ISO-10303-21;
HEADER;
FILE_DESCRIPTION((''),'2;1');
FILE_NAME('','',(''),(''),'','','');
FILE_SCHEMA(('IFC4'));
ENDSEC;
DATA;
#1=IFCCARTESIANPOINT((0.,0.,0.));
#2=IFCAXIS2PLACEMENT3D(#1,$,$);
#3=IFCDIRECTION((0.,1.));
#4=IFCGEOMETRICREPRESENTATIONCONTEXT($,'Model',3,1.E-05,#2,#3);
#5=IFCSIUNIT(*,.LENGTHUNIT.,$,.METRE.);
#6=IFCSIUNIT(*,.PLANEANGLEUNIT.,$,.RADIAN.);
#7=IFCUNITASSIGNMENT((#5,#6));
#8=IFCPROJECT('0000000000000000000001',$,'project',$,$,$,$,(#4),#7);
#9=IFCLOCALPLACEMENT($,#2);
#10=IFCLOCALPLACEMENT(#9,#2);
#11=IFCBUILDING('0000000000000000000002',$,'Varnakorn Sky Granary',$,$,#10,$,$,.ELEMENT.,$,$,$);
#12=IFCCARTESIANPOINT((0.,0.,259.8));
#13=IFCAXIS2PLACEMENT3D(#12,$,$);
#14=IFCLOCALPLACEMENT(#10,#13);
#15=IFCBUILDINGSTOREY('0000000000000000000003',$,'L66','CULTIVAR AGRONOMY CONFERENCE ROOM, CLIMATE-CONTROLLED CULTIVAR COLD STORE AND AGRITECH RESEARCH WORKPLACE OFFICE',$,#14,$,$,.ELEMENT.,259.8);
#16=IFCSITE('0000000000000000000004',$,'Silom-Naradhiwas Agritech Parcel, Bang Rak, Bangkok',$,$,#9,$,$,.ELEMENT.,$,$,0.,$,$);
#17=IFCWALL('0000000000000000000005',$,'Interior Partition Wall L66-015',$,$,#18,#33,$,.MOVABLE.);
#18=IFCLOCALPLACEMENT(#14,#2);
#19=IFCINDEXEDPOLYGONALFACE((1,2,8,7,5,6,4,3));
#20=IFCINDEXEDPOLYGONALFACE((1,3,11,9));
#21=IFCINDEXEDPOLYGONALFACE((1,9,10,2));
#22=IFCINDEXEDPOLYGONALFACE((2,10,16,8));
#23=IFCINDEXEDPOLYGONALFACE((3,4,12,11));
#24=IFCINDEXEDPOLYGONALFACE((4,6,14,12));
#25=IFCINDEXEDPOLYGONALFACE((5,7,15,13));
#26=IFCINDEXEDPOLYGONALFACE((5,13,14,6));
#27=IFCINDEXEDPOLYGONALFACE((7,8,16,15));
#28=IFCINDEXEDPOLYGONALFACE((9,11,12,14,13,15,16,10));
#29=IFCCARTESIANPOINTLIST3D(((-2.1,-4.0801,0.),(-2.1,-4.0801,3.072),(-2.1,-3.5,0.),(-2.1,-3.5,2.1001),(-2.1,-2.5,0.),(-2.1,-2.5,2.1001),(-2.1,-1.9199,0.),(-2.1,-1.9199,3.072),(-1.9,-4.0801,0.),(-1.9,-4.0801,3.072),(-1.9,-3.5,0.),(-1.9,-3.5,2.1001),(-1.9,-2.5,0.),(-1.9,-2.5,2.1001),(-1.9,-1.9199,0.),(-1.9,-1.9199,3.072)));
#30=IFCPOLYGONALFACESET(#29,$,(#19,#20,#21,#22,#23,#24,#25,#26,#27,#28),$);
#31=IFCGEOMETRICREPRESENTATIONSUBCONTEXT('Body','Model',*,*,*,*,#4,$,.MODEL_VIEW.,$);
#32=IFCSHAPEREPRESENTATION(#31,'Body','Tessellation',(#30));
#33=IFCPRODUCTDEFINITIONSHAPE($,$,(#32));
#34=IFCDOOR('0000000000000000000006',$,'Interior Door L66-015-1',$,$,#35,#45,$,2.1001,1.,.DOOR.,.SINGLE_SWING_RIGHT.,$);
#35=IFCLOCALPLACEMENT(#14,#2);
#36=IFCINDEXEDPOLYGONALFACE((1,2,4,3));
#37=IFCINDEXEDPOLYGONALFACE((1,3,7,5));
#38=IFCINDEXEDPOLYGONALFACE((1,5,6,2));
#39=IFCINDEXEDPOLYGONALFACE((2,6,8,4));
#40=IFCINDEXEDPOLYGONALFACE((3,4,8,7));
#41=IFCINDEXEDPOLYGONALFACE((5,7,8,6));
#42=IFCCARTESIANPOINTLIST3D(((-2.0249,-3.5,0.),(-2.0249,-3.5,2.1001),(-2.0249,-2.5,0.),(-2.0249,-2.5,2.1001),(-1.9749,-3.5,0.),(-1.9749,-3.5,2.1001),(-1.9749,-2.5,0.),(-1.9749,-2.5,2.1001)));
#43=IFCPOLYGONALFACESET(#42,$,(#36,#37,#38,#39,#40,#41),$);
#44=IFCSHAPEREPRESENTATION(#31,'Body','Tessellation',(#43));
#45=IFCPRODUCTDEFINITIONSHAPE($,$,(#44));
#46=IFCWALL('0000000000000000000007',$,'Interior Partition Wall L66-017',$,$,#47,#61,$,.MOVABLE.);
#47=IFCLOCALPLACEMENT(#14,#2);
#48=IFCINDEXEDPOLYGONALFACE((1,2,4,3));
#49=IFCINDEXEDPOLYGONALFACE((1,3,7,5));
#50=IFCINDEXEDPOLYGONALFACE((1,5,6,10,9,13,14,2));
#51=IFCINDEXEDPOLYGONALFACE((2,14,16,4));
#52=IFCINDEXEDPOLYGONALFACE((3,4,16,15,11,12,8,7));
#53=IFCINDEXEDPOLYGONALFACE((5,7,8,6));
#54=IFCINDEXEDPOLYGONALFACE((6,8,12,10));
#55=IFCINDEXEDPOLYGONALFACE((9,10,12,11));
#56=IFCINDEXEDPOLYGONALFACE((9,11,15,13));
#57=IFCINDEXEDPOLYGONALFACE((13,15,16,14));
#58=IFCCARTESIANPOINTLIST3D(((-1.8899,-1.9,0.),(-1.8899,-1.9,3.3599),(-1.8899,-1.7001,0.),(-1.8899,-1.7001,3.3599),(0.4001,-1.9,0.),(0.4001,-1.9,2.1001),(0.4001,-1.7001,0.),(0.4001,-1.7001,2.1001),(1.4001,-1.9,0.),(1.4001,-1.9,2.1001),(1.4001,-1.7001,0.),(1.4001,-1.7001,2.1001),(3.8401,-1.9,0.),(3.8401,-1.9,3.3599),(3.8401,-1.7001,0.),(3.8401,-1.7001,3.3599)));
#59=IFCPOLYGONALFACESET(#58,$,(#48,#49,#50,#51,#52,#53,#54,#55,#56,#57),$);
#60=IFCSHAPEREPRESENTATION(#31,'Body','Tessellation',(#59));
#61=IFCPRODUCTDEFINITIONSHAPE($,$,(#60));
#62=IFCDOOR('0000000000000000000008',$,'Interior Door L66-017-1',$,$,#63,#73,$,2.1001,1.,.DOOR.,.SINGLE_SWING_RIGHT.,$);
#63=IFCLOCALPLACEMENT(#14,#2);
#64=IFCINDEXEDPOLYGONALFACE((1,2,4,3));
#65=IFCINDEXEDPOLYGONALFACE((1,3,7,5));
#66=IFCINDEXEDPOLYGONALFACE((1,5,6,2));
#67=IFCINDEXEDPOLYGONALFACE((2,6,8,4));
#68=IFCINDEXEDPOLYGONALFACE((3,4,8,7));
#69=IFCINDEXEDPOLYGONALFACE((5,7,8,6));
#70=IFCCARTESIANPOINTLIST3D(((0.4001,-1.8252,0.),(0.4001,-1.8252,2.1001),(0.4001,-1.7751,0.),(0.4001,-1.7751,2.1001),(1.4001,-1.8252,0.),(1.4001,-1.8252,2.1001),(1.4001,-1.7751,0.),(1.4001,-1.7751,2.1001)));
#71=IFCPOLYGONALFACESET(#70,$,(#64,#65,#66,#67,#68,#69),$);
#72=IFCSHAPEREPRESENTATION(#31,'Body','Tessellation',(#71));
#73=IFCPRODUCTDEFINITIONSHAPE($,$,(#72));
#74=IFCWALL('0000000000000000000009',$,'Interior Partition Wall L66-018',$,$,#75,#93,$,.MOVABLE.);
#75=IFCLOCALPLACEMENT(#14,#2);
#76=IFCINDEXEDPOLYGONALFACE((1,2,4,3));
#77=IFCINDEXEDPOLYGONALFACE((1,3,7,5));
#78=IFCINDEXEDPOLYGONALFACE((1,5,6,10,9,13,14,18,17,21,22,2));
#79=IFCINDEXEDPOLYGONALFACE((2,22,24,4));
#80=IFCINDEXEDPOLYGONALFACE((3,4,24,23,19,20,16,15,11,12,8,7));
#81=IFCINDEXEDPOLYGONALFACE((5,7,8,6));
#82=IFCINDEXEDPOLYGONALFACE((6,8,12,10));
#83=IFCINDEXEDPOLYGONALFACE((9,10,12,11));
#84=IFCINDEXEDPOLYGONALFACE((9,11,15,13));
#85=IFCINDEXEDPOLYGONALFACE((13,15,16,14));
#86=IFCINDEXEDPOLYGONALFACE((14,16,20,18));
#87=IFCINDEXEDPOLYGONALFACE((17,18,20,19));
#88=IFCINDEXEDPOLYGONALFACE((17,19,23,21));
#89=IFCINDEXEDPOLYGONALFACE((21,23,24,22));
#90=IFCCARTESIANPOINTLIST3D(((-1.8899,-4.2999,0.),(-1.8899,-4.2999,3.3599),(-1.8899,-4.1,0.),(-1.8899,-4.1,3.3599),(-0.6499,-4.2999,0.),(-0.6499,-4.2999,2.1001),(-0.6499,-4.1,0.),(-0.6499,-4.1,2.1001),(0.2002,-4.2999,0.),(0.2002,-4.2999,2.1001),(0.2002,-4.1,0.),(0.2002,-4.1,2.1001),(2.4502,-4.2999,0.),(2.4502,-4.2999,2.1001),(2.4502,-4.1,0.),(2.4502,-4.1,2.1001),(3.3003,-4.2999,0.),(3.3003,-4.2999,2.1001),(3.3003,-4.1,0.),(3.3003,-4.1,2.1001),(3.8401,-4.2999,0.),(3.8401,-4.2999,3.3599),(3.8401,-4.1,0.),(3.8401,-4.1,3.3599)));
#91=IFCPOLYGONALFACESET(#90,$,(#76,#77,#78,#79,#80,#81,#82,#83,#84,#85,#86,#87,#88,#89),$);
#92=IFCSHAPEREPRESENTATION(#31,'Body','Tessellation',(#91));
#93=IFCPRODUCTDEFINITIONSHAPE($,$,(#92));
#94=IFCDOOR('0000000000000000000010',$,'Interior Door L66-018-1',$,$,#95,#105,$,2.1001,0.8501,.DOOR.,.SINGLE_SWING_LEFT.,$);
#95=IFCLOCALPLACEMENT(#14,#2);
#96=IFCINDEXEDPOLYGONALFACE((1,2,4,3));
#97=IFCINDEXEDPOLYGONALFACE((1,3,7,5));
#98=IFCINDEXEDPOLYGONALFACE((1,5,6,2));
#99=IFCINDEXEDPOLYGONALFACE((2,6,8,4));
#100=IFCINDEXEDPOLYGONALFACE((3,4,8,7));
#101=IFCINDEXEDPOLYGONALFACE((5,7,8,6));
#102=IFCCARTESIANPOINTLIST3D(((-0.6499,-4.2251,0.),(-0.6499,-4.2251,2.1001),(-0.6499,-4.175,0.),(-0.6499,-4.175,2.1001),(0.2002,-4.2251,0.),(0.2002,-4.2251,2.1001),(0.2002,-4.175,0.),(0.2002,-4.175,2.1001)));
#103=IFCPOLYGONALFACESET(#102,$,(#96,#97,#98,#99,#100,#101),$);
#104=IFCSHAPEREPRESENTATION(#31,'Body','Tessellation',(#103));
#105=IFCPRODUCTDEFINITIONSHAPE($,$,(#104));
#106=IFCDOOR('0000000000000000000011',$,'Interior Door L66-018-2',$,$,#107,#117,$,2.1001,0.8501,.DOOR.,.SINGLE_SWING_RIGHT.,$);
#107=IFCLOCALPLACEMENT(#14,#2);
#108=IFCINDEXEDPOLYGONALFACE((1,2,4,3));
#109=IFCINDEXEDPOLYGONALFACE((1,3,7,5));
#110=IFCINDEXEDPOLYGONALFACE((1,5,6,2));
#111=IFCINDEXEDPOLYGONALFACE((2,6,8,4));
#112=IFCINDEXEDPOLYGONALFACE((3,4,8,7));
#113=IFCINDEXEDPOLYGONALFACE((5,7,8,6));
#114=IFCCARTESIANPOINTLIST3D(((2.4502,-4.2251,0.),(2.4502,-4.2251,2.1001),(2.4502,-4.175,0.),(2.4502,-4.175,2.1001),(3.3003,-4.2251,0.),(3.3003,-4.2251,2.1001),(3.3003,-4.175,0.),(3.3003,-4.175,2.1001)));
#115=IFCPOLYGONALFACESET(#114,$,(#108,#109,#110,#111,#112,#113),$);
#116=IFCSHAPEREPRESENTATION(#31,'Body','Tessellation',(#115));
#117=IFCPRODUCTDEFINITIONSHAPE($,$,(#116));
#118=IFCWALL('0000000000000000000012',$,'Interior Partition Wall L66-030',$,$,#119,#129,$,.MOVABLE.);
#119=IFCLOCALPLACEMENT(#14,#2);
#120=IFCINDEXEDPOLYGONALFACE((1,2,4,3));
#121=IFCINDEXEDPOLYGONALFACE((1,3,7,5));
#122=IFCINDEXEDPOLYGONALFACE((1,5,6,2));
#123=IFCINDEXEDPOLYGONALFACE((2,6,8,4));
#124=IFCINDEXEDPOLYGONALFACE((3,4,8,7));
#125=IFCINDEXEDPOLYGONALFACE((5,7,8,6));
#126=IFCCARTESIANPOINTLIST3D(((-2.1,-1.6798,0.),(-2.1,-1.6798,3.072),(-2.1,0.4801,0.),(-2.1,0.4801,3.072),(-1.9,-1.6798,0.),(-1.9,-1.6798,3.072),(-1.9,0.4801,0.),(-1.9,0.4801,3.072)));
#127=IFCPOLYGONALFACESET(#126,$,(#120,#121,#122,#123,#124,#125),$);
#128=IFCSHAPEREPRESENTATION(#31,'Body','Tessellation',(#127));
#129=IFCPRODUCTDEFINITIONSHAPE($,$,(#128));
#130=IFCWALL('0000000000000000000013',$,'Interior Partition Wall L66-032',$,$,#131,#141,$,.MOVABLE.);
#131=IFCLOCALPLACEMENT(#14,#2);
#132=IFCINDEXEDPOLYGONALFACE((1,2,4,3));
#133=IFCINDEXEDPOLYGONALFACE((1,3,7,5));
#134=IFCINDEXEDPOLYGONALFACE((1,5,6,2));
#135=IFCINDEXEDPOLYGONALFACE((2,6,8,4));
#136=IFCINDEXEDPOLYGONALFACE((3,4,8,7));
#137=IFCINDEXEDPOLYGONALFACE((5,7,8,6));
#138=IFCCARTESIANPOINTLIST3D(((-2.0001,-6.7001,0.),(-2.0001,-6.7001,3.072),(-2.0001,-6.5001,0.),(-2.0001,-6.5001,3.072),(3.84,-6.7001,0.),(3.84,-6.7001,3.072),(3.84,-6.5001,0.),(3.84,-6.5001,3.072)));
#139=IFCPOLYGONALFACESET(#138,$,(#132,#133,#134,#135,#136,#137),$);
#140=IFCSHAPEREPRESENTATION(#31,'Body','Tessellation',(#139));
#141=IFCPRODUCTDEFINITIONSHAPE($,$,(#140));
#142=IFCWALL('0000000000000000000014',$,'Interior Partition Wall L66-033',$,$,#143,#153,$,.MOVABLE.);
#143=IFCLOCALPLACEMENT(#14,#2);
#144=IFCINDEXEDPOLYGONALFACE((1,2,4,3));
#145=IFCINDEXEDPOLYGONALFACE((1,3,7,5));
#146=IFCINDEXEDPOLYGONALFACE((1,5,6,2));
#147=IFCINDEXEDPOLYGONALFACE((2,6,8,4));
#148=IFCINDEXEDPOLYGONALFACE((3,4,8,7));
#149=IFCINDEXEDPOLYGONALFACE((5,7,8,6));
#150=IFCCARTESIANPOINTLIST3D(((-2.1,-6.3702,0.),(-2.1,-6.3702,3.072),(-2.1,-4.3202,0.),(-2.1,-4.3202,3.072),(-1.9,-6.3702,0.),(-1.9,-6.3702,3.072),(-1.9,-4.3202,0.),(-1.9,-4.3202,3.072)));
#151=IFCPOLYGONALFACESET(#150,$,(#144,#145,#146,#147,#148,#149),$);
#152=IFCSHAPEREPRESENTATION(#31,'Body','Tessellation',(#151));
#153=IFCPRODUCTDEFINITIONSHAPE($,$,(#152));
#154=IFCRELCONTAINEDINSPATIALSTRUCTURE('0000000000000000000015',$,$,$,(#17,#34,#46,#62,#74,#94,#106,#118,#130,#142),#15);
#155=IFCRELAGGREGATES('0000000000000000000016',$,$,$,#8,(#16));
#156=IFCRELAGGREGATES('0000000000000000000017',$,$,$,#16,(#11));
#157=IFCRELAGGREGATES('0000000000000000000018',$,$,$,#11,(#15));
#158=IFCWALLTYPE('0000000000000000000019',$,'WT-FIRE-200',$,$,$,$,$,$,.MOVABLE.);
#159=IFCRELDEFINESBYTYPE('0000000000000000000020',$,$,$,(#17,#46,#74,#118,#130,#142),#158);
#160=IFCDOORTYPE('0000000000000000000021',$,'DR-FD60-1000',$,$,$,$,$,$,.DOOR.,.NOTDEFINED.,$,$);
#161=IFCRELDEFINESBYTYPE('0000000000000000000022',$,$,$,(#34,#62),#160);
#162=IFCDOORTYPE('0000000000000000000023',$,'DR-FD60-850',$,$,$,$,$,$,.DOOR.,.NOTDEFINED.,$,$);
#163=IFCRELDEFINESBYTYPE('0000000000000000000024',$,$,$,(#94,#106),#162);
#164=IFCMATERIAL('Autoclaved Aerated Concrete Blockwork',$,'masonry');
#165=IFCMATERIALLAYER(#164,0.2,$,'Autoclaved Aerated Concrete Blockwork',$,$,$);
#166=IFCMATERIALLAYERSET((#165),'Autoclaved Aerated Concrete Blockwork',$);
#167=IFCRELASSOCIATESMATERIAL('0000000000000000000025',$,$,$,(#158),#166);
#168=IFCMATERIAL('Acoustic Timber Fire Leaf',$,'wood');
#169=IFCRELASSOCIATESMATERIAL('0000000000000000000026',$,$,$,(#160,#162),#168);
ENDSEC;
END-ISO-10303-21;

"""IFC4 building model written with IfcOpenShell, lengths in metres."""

from ifc_helpers import new_model, si_unit, direction, frame, frame_2d, origin, place, context, subcontext, project, spatial, rectangle, extrude, material, layer, layer_set, type_object, element, fill, save


model = new_model("IFC4")

# Units and contexts
model_context = context("Model", 3, precision=1e-05, world=origin(), true_north=direction((0.0, 1.0)))
body_context = subcontext(model_context, "Body", "Model", "MODEL_VIEW")
ifc_project = project(units=[si_unit("LENGTHUNIT", "METRE"), si_unit("PLANEANGLEUNIT", "RADIAN")], contexts=[model_context])

# Site, building, storey
site_placement = place(None, origin())
site = spatial("IfcSite", under=ifc_project, at=site_placement, Name="Silom-Naradhiwas Agritech Parcel, Bang Rak, Bangkok", CompositionType="ELEMENT", RefElevation=0.0)
building_placement = place(site_placement, origin())
building = spatial("IfcBuilding", under=site, at=building_placement, Name="Varnakorn Sky Granary", CompositionType="ELEMENT")
storey_placement = place(building_placement, frame((0.0, 0.0, 259.8)))
storey = spatial("IfcBuildingStorey", under=building, at=storey_placement, Name="L66", Description="CULTIVAR AGRONOMY CONFERENCE ROOM, CLIMATE-CONTROLLED CULTIVAR COLD STORE AND AGRITECH RESEARCH WORKPLACE OFFICE", CompositionType="ELEMENT", Elevation=259.8)

# Walls, openings, doors
ifc_material_1 = material(Name="Autoclaved Aerated Concrete Blockwork", Category="masonry")
ifc_layer_1 = layer(ifc_material_1, 0.2, Name="Autoclaved Aerated Concrete Blockwork")
ifc_layer_set_1 = layer_set([ifc_layer_1], Name="Autoclaved Aerated Concrete Blockwork")
wall_type_1 = type_object("IfcWallType", Name="WT-FIRE-200", PredefinedType="MOVABLE", material=ifc_layer_set_1)
wall_1_placement = place(storey_placement, frame((-2.0, -4.0801, 0.0), z_axis=(0.0, 0.0, 1.0), x_axis=(0.0, 1.0, 0.0)))
wall_1 = element("IfcWall", 1, at=wall_1_placement, inside=storey, type_object=wall_type_1, Name="Interior Partition Wall L66-015", PredefinedType="MOVABLE", context=body_context, shape_type="SweptSolid", body=[
    extrude(rectangle(XDim=2.1602, YDim=0.2, at=frame_2d((1.0801, 0.0))), origin(), (0.0, 0.0, 1.0), 3.072),
])
opening_1_placement = place(wall_1_placement, frame((0.5801, 0.0, 0.0)))
opening_1 = element("IfcOpeningElement", 2, at=opening_1_placement, cuts=wall_1, PredefinedType="OPENING", context=body_context, shape_type="SweptSolid", body=[
    extrude(rectangle(XDim=1.0, YDim=2.1001, at=frame_2d((0.5, 1.05))), frame((0.0, 0.1099, 0.0), z_axis=(0.0, -1.0, 0.0), x_axis=(1.0, 0.0, 0.0)), (0.0, 0.0, 1.0), 0.22),
])
ifc_material_2 = material(Name="Acoustic Timber Fire Leaf", Category="wood")
door_type_1 = type_object("IfcDoorType", Name="DR-FD60-1000", OperationType="NOTDEFINED", PredefinedType="DOOR", material=ifc_material_2)
door_1_placement = place(opening_1_placement, origin())
door_1 = element("IfcDoor", 3, at=door_1_placement, inside=storey, type_object=door_type_1, Name="Interior Door L66-015-1", OperationType="SINGLE_SWING_RIGHT", OverallHeight=2.1001, OverallWidth=1.0, PredefinedType="DOOR", context=body_context, shape_type="SweptSolid", body=[
    extrude(rectangle(XDim=1.0, YDim=2.1001, at=frame_2d((0.5, 1.05))), frame((0.0, 0.0249, 0.0), z_axis=(0.0, -1.0, 0.0), x_axis=(1.0, 0.0, 0.0)), (0.0, 0.0, 1.0), 0.05),
])
fill(opening_1, door_1)
wall_2_placement = place(storey_placement, frame((-1.8899, -1.8, 0.0), z_axis=(0.0, 0.0, 1.0), x_axis=(1.0, 0.0, 0.0)))
wall_2 = element("IfcWall", 4, at=wall_2_placement, inside=storey, type_object=wall_type_1, Name="Interior Partition Wall L66-017", PredefinedType="MOVABLE", context=body_context, shape_type="SweptSolid", body=[
    extrude(rectangle(XDim=5.73, YDim=0.2, at=frame_2d((2.865, 0.0))), origin(), (0.0, 0.0, 1.0), 3.3599),
])
opening_2_placement = place(wall_2_placement, frame((2.29, 0.0, 0.0)))
opening_2 = element("IfcOpeningElement", 5, at=opening_2_placement, cuts=wall_2, PredefinedType="OPENING", context=body_context, shape_type="SweptSolid", body=[
    extrude(rectangle(XDim=1.0, YDim=2.1001, at=frame_2d((0.5, 1.05))), frame((0.0, 0.1099, 0.0), z_axis=(0.0, -1.0, 0.0), x_axis=(1.0, 0.0, 0.0)), (0.0, 0.0, 1.0), 0.22),
])
door_2_placement = place(opening_2_placement, origin())
door_2 = element("IfcDoor", 6, at=door_2_placement, inside=storey, type_object=door_type_1, Name="Interior Door L66-017-1", OperationType="SINGLE_SWING_RIGHT", OverallHeight=2.1001, OverallWidth=1.0, PredefinedType="DOOR", context=body_context, shape_type="SweptSolid", body=[
    extrude(rectangle(XDim=1.0, YDim=2.1001, at=frame_2d((0.5, 1.05))), frame((0.0, 0.0249, 0.0), z_axis=(0.0, -1.0, 0.0), x_axis=(1.0, 0.0, 0.0)), (0.0, 0.0, 1.0), 0.05),
])
fill(opening_2, door_2)

# Wall, openings, doors
wall_3_placement = place(storey_placement, frame((-1.8899, -4.2, 0.0), z_axis=(0.0, 0.0, 1.0), x_axis=(1.0, 0.0, 0.0)))
wall_3 = element("IfcWall", 7, at=wall_3_placement, inside=storey, type_object=wall_type_1, Name="Interior Partition Wall L66-018", PredefinedType="MOVABLE", context=body_context, shape_type="SweptSolid", body=[
    extrude(rectangle(XDim=5.73, YDim=0.2, at=frame_2d((2.865, 0.0))), origin(), (0.0, 0.0, 1.0), 3.3599),
])
opening_3_placement = place(wall_3_placement, frame((1.24, 0.0, 0.0)))
opening_3 = element("IfcOpeningElement", 8, at=opening_3_placement, cuts=wall_3, PredefinedType="OPENING", context=body_context, shape_type="SweptSolid", body=[
    extrude(rectangle(XDim=0.8501, YDim=2.1001, at=frame_2d((0.425, 1.05))), frame((0.0, 0.1099, 0.0), z_axis=(0.0, -1.0, 0.0), x_axis=(1.0, 0.0, 0.0)), (0.0, 0.0, 1.0), 0.22),
])
opening_4_placement = place(wall_3_placement, frame((4.3401, 0.0, 0.0)))
opening_4 = element("IfcOpeningElement", 9, at=opening_4_placement, cuts=wall_3, PredefinedType="OPENING", context=body_context, shape_type="SweptSolid", body=[
    extrude(rectangle(XDim=0.8501, YDim=2.1001, at=frame_2d((0.425, 1.05))), frame((0.0, 0.1099, 0.0), z_axis=(0.0, -1.0, 0.0), x_axis=(1.0, 0.0, 0.0)), (0.0, 0.0, 1.0), 0.22),
])
door_type_2 = type_object("IfcDoorType", Name="DR-FD60-850", OperationType="NOTDEFINED", PredefinedType="DOOR", material=ifc_material_2)
door_3_placement = place(opening_3_placement, origin())
door_3 = element("IfcDoor", 10, at=door_3_placement, inside=storey, type_object=door_type_2, Name="Interior Door L66-018-1", OperationType="SINGLE_SWING_LEFT", OverallHeight=2.1001, OverallWidth=0.8501, PredefinedType="DOOR", context=body_context, shape_type="SweptSolid", body=[
    extrude(rectangle(XDim=0.8501, YDim=2.1001, at=frame_2d((0.425, 1.05))), frame((0.0, 0.0249, 0.0), z_axis=(0.0, -1.0, 0.0), x_axis=(1.0, 0.0, 0.0)), (0.0, 0.0, 1.0), 0.05),
])
fill(opening_3, door_3)
door_4_placement = place(opening_4_placement, origin())
door_4 = element("IfcDoor", 11, at=door_4_placement, inside=storey, type_object=door_type_2, Name="Interior Door L66-018-2", OperationType="SINGLE_SWING_RIGHT", OverallHeight=2.1001, OverallWidth=0.8501, PredefinedType="DOOR", context=body_context, shape_type="SweptSolid", body=[
    extrude(rectangle(XDim=0.8501, YDim=2.1001, at=frame_2d((0.425, 1.05))), frame((0.0, 0.0249, 0.0), z_axis=(0.0, -1.0, 0.0), x_axis=(1.0, 0.0, 0.0)), (0.0, 0.0, 1.0), 0.05),
])
fill(opening_4, door_4)

# Walls
wall_4_placement = place(storey_placement, frame((-2.0, -1.6799, 0.0), z_axis=(0.0, 0.0, 1.0), x_axis=(0.0, 1.0, 0.0)))
element("IfcWall", 12, at=wall_4_placement, inside=storey, type_object=wall_type_1, Name="Interior Partition Wall L66-030", PredefinedType="MOVABLE", context=body_context, shape_type="SweptSolid", body=[
    extrude(rectangle(XDim=2.1599, YDim=0.2, at=frame_2d((1.0801, 0.0))), origin(), (0.0, 0.0, 1.0), 3.072),
])
wall_5_placement = place(storey_placement, frame((-2.0, -6.6001, 0.0), z_axis=(0.0, 0.0, 1.0), x_axis=(1.0, 0.0, 0.0)))
element("IfcWall", 13, at=wall_5_placement, inside=storey, type_object=wall_type_1, Name="Interior Partition Wall L66-032", PredefinedType="MOVABLE", context=body_context, shape_type="SweptSolid", body=[
    extrude(rectangle(XDim=5.8401, YDim=0.2, at=frame_2d((2.9199, 0.0))), origin(), (0.0, 0.0, 1.0), 3.072),
])
wall_6_placement = place(storey_placement, frame((-2.0, -6.3701, 0.0), z_axis=(0.0, 0.0, 1.0), x_axis=(0.0, 1.0, 0.0)))
element("IfcWall", 14, at=wall_6_placement, inside=storey, type_object=wall_type_1, Name="Interior Partition Wall L66-033", PredefinedType="MOVABLE", context=body_context, shape_type="SweptSolid", body=[
    extrude(rectangle(XDim=2.05, YDim=0.2, at=frame_2d((1.0249, 0.0))), origin(), (0.0, 0.0, 1.0), 3.072),
])

save(model, "model.ifc")
